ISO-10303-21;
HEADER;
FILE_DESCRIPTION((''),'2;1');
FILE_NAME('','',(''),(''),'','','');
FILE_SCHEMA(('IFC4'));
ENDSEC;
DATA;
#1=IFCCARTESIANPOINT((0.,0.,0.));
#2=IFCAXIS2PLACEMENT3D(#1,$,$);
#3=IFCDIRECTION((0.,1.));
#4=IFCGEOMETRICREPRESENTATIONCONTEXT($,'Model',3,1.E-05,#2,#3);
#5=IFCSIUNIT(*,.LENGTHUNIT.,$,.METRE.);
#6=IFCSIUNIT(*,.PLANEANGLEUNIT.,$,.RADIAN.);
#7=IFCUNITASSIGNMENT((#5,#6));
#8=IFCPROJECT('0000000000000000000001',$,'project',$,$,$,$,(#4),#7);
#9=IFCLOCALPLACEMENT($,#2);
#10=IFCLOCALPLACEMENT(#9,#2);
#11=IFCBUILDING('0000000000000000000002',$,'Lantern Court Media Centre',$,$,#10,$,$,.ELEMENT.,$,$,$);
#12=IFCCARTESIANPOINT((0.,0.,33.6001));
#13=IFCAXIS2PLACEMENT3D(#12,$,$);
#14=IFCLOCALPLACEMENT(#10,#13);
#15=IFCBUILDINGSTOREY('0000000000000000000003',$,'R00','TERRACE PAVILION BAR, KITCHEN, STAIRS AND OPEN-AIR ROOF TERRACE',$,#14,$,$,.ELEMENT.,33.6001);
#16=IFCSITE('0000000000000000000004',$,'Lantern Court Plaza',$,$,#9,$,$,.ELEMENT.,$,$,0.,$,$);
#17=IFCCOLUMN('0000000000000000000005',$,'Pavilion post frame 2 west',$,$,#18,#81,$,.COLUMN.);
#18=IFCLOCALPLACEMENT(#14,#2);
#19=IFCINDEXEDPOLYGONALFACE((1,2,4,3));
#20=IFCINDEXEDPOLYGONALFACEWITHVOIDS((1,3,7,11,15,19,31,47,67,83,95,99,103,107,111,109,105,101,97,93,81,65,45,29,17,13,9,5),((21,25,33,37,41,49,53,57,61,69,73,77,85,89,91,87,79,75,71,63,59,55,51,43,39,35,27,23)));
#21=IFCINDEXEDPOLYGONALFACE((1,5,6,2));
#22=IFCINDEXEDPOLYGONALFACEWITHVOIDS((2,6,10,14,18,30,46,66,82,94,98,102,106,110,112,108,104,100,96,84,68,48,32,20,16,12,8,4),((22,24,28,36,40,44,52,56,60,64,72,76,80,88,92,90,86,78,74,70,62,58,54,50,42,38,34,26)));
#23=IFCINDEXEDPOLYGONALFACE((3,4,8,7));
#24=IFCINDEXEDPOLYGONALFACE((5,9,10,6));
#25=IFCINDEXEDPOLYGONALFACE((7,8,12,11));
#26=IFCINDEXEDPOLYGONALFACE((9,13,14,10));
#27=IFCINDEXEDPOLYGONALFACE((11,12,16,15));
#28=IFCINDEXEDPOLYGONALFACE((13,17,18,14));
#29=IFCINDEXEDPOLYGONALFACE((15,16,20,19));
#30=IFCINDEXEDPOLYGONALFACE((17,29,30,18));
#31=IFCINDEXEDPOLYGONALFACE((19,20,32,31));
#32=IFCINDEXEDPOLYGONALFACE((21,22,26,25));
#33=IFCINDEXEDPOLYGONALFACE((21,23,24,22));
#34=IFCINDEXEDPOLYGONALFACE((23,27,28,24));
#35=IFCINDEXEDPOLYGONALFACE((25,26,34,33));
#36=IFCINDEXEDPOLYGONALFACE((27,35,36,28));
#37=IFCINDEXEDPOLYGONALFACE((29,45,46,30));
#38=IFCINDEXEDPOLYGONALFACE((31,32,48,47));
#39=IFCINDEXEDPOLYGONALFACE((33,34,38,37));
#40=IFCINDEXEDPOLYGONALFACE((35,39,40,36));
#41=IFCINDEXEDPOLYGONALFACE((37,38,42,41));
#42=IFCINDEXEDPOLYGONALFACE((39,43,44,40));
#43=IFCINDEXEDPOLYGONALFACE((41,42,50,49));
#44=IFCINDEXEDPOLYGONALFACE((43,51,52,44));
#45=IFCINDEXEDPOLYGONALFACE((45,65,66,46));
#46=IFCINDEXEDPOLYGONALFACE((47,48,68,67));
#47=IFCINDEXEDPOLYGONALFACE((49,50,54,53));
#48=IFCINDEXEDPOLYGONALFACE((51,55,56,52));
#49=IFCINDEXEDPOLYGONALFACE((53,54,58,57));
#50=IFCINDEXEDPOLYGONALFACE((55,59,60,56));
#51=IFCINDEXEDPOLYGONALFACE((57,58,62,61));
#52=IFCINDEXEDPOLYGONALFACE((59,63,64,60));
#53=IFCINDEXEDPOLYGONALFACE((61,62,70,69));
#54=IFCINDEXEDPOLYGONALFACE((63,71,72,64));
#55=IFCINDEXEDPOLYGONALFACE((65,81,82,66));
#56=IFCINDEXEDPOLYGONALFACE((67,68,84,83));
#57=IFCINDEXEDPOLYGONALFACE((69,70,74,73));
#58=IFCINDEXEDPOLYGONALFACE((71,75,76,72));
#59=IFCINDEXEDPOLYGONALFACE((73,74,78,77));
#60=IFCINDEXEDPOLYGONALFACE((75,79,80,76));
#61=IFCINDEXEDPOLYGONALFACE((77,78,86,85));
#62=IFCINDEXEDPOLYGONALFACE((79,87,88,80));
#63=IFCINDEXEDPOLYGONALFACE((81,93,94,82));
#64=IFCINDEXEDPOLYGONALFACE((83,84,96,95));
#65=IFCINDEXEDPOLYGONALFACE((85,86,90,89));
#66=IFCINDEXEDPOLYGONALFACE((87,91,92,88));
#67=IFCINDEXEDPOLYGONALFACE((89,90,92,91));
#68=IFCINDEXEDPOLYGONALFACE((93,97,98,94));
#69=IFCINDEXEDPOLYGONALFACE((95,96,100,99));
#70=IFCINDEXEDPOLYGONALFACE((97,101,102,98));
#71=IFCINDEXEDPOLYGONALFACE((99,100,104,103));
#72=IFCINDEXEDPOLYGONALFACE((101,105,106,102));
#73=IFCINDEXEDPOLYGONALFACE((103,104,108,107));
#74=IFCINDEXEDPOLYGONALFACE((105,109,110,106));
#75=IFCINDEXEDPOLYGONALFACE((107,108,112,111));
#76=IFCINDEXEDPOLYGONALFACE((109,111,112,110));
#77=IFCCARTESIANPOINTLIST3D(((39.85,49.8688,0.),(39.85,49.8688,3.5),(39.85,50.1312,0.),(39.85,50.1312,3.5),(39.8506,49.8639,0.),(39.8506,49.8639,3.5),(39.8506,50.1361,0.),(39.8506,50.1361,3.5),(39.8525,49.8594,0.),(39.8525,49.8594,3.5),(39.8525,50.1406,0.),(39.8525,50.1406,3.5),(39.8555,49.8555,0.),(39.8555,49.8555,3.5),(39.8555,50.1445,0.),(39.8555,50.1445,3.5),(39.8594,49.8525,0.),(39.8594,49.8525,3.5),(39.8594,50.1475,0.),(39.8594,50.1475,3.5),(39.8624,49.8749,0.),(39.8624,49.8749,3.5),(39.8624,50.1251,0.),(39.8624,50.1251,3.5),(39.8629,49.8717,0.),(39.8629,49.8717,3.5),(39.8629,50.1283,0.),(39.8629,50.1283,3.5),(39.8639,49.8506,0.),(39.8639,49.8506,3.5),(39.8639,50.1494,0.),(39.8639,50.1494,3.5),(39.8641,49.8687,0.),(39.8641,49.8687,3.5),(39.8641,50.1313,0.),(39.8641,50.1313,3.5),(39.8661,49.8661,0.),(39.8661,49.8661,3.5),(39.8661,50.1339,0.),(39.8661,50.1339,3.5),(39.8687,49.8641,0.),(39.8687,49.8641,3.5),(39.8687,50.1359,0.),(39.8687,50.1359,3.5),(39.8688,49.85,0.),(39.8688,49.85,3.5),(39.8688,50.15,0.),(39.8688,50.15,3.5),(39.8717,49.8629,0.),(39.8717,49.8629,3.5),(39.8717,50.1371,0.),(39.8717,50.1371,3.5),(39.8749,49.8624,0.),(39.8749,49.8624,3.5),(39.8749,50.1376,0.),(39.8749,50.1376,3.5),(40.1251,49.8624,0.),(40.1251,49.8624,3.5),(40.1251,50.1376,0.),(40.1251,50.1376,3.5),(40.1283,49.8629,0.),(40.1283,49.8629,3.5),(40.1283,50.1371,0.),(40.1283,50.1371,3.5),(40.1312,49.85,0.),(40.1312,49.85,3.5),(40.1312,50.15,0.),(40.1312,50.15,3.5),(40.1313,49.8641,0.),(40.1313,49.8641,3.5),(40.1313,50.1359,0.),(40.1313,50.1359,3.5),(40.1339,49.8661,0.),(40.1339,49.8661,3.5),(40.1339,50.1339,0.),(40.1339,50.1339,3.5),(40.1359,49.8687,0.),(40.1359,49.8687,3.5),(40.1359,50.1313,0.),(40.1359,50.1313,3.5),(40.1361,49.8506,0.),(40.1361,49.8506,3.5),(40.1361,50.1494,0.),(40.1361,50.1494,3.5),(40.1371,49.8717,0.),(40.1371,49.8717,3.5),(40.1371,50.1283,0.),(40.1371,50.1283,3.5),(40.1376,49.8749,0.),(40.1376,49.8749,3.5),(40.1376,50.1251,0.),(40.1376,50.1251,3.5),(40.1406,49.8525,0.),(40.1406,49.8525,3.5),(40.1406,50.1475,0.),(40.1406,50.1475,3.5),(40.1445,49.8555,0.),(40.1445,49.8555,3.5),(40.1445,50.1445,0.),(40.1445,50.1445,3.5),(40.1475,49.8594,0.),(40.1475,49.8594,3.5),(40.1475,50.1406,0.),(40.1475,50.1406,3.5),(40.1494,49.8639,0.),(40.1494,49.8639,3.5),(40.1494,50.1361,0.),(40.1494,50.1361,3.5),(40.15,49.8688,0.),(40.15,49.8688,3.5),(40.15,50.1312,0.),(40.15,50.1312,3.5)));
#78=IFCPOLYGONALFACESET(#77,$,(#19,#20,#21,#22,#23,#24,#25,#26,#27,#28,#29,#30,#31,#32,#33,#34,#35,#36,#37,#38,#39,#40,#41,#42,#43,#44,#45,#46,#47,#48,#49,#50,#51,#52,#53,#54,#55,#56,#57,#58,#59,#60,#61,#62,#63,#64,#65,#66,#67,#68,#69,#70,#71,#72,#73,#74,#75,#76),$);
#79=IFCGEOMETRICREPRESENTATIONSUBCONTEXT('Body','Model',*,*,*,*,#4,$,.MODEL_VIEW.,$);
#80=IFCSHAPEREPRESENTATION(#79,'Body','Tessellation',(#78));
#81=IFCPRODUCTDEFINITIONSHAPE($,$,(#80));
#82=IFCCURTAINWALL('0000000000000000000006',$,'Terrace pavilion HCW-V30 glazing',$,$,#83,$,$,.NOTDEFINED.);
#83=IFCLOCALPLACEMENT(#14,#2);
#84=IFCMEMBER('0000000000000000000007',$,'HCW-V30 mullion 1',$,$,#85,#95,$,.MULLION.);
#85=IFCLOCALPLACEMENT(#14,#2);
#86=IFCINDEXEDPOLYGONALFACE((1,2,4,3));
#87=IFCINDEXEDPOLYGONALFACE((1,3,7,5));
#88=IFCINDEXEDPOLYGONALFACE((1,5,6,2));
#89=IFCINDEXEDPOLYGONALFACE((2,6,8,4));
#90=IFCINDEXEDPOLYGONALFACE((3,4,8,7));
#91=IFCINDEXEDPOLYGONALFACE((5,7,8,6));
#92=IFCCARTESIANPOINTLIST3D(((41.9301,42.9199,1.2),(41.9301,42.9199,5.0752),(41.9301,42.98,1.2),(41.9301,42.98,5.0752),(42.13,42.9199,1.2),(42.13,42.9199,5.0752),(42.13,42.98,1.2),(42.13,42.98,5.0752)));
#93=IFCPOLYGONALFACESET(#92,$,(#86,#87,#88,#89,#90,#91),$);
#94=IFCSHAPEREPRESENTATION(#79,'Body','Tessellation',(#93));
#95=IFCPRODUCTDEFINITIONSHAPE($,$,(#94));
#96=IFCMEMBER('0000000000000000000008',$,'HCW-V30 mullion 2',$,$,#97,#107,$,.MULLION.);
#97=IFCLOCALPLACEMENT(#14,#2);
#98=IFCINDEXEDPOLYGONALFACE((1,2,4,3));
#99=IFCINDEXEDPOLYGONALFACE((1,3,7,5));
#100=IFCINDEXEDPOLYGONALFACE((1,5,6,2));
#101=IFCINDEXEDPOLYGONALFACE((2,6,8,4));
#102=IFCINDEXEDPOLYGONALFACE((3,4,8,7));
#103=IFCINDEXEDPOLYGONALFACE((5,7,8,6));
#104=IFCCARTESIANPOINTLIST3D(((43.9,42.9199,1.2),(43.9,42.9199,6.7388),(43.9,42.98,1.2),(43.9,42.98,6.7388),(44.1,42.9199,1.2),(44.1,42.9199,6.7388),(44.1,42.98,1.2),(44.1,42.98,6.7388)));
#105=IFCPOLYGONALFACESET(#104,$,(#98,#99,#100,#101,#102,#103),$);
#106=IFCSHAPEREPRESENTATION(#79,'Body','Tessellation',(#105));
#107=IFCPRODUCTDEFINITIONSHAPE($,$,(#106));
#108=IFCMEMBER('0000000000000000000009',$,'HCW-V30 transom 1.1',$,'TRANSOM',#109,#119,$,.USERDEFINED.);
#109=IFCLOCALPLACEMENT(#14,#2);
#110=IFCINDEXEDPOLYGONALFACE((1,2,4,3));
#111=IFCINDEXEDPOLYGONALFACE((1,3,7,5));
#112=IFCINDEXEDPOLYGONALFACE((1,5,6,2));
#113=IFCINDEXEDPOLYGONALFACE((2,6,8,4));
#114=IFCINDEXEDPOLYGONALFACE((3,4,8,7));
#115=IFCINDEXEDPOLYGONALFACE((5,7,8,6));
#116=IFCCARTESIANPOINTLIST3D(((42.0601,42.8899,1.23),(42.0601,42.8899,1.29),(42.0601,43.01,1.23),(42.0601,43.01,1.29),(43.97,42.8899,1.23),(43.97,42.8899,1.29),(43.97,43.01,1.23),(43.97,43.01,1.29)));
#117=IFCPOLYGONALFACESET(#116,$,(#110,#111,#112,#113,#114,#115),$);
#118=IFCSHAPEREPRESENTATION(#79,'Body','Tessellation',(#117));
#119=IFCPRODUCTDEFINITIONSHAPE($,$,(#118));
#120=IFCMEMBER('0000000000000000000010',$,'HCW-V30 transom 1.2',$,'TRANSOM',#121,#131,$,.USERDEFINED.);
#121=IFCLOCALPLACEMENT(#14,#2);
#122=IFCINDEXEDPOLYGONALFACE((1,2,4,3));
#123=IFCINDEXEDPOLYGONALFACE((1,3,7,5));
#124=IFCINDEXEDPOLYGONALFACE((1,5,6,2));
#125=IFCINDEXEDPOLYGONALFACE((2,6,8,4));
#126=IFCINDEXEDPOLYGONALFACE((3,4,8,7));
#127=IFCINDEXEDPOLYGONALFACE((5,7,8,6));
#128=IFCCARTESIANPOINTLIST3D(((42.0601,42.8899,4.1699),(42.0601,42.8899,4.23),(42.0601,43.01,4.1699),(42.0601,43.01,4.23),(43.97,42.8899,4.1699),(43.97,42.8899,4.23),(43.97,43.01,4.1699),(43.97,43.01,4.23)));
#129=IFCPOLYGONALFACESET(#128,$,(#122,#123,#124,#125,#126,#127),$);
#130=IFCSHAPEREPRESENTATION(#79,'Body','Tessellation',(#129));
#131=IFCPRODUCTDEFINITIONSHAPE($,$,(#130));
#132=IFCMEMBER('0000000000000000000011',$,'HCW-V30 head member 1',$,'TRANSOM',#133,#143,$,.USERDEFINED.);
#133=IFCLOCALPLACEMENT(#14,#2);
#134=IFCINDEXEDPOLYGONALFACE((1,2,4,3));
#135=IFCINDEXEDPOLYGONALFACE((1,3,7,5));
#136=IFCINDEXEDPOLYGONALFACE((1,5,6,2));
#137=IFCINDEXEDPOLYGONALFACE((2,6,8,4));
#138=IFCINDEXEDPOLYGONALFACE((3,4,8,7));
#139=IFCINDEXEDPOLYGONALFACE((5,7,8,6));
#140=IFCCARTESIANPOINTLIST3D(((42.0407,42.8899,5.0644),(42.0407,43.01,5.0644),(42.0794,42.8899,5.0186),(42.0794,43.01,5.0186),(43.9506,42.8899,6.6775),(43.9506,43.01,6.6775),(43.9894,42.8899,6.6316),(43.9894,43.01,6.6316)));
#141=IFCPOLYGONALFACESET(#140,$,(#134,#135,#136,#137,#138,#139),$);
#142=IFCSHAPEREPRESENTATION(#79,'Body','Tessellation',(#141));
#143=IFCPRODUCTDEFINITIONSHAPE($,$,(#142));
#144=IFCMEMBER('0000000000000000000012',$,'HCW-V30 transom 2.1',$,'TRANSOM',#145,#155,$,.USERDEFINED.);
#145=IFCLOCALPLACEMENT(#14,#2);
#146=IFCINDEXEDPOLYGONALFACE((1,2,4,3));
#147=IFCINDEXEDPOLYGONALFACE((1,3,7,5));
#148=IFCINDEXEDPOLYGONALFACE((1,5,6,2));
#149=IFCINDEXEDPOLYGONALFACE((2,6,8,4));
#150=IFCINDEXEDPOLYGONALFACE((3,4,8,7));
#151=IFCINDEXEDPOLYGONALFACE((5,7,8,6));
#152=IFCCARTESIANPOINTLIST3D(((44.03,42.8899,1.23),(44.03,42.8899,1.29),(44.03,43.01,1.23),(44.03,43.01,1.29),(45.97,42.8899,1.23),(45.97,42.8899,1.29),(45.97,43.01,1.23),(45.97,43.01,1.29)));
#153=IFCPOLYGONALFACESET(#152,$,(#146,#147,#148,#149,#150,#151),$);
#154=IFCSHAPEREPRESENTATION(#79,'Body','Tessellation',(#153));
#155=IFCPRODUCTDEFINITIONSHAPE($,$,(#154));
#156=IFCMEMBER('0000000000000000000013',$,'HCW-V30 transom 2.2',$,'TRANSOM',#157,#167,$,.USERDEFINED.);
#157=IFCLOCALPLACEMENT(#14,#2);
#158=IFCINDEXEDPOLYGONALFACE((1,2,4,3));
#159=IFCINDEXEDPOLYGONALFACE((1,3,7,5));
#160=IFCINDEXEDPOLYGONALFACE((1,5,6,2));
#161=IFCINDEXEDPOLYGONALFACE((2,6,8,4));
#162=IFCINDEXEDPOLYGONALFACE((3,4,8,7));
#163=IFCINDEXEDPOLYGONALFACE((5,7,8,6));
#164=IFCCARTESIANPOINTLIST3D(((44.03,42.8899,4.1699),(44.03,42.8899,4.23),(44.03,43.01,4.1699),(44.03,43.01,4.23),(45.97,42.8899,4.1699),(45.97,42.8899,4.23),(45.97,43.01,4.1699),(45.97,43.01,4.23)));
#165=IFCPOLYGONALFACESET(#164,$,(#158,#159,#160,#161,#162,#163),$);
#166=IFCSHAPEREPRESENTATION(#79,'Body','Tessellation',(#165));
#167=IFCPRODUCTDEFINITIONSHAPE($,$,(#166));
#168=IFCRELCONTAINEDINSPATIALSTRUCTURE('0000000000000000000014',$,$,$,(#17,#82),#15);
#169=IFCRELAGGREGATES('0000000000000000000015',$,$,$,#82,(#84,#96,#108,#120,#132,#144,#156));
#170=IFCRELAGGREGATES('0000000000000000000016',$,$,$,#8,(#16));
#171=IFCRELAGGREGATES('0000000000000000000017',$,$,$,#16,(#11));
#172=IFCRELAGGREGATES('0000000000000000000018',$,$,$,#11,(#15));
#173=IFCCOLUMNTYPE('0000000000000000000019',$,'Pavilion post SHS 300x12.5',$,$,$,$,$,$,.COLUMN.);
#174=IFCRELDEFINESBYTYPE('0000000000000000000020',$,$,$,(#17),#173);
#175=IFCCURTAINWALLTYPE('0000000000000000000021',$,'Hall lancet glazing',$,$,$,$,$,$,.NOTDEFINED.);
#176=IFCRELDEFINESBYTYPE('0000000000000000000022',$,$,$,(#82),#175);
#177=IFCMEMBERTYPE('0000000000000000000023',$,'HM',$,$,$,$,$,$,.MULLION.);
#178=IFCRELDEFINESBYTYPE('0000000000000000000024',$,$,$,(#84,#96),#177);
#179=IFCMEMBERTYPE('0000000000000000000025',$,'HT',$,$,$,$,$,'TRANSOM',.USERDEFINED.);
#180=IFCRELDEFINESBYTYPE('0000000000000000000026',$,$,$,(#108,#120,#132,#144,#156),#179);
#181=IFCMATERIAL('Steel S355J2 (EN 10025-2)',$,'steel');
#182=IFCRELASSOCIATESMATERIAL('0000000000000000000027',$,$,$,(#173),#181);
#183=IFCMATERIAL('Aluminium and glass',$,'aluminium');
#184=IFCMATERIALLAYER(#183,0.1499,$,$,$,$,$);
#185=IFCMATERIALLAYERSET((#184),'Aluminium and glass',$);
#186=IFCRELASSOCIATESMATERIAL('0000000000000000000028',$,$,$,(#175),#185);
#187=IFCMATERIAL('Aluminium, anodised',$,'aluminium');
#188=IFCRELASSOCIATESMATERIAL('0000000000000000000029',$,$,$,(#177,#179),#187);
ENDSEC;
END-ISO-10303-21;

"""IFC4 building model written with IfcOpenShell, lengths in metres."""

from ifc_helpers import new_model, si_unit, direction, frame, origin, origin_2d, place, context, subcontext, project, spatial, rectangle, hollow_rectangle, extrude, material, layer, layer_set, material_profile, profile_set, type_object, element, aggregate, save


model = new_model("IFC4")

# Units and contexts
model_context = context("Model", 3, precision=1e-05, world=origin(), true_north=direction((0.0, 1.0)))
body_context = subcontext(model_context, "Body", "Model", "MODEL_VIEW")
ifc_project = project(units=[si_unit("LENGTHUNIT", "METRE"), si_unit("PLANEANGLEUNIT", "RADIAN")], contexts=[model_context])

# Site, building, storey
site_placement = place(None, origin())
site = spatial("IfcSite", under=ifc_project, at=site_placement, Name="Lantern Court Plaza", CompositionType="ELEMENT", RefElevation=0.0)
building_placement = place(site_placement, origin())
building = spatial("IfcBuilding", under=site, at=building_placement, Name="Lantern Court Media Centre", CompositionType="ELEMENT")
storey_placement = place(building_placement, frame((0.0, 0.0, 33.6001)))
storey = spatial("IfcBuildingStorey", under=building, at=storey_placement, Name="R00", Description="TERRACE PAVILION BAR, KITCHEN, STAIRS AND OPEN-AIR ROOF TERRACE", CompositionType="ELEMENT", Elevation=33.6001)

# Column
ifc_material_1 = material(Name="Steel S355J2 (EN 10025-2)", Category="steel")
ifc_material_profile_1 = material_profile(ifc_material_1, hollow_rectangle(XDim=0.3, YDim=0.3, WallThickness=0.0125, InnerFilletRadius=0.0125, OuterFilletRadius=0.0188, at=origin_2d()), Name="Pavilion post SHS 300x12.5")
ifc_profile_set_1 = profile_set([ifc_material_profile_1], Name="Steel S355J2 (EN 10025-2)")
column_type = type_object("IfcColumnType", Name="Pavilion post SHS 300x12.5", PredefinedType="COLUMN", material=ifc_profile_set_1)
column_placement = place(storey_placement, frame((40.0, 50.0, 0.0), z_axis=(0.0, 0.0, 1.0), x_axis=(1.0, 0.0, 0.0)))
element("IfcColumn", 1, at=column_placement, inside=storey, type_object=column_type, Name="Pavilion post frame 2 west", PredefinedType="COLUMN", context=body_context, shape_type="SweptSolid", body=[
    extrude(hollow_rectangle(XDim=0.3, YDim=0.3, WallThickness=0.0125, InnerFilletRadius=0.0125, OuterFilletRadius=0.0188, at=origin_2d()), origin(), (0.0, 0.0, 1.0), 3.5),
])

# Curtain wall, members
ifc_material_2 = material(Name="Aluminium and glass", Category="aluminium")
ifc_layer_1 = layer(ifc_material_2, 0.1499)
ifc_layer_set_1 = layer_set([ifc_layer_1], Name="Aluminium and glass")
curtain_wall_type = type_object("IfcCurtainWallType", Name="Hall lancet glazing", PredefinedType="NOTDEFINED", material=ifc_layer_set_1)
curtain_wall_placement = place(storey_placement, origin())
curtain_wall = element("IfcCurtainWall", 2, at=curtain_wall_placement, inside=storey, type_object=curtain_wall_type, Name="Terrace pavilion HCW-V30 glazing", PredefinedType="NOTDEFINED")
ifc_material_3 = material(Name="Aluminium, anodised", Category="aluminium")
ifc_material_profile_2 = material_profile(ifc_material_3, rectangle(XDim=0.0601, YDim=0.2, at=origin_2d()), Name="HM")
ifc_profile_set_2 = profile_set([ifc_material_profile_2], Name="Aluminium, anodised")
member_type_1 = type_object("IfcMemberType", Name="HM", PredefinedType="MULLION", material=ifc_profile_set_2)
member_1_placement = place(storey_placement, frame((42.03, 42.95, 1.2), z_axis=(0.0, 0.0, 1.0), x_axis=(0.0, 1.0, 0.0)))
member_1 = element("IfcMember", 3, at=member_1_placement, type_object=member_type_1, Name="HCW-V30 mullion 1", PredefinedType="MULLION", context=body_context, shape_type="SweptSolid", body=[
    extrude(rectangle(XDim=0.0601, YDim=0.2, at=origin_2d()), origin(), (0.0, 0.0, 1.0), 3.8752),
])
member_2_placement = place(storey_placement, frame((44.0, 42.95, 1.2), z_axis=(0.0, 0.0, 1.0), x_axis=(0.0, 1.0, 0.0)))
member_2 = element("IfcMember", 4, at=member_2_placement, type_object=member_type_1, Name="HCW-V30 mullion 2", PredefinedType="MULLION", context=body_context, shape_type="SweptSolid", body=[
    extrude(rectangle(XDim=0.0601, YDim=0.2, at=origin_2d()), origin(), (0.0, 0.0, 1.0), 5.5388),
])
ifc_material_profile_3 = material_profile(ifc_material_3, rectangle(XDim=0.1201, YDim=0.0601, at=origin_2d()), Name="HT")
ifc_profile_set_3 = profile_set([ifc_material_profile_3], Name="Aluminium, anodised")
member_type_2 = type_object("IfcMemberType", Name="HT", ElementType="TRANSOM", PredefinedType="USERDEFINED", material=ifc_profile_set_3)
member_3_placement = place(storey_placement, frame((42.0601, 42.95, 1.26), z_axis=(1.0, 0.0, 0.0), x_axis=(0.0, 1.0, 0.0)))
member_3 = element("IfcMember", 5, at=member_3_placement, type_object=member_type_2, Name="HCW-V30 transom 1.1", ObjectType="TRANSOM", PredefinedType="USERDEFINED", context=body_context, shape_type="SweptSolid", body=[
    extrude(rectangle(XDim=0.1201, YDim=0.0601, at=origin_2d()), origin(), (0.0, 0.0, 1.0), 1.9099),
])
member_4_placement = place(storey_placement, frame((42.0601, 42.95, 4.2), z_axis=(1.0, 0.0, 0.0), x_axis=(0.0, 1.0, 0.0)))
member_4 = element("IfcMember", 6, at=member_4_placement, type_object=member_type_2, Name="HCW-V30 transom 1.2", ObjectType="TRANSOM", PredefinedType="USERDEFINED", context=body_context, shape_type="SweptSolid", body=[
    extrude(rectangle(XDim=0.1201, YDim=0.0601, at=origin_2d()), origin(), (0.0, 0.0, 1.0), 1.9099),
])
member_5_placement = place(storey_placement, frame((42.0601, 42.95, 5.0415), z_axis=(0.763986, 0.0, 0.645233), x_axis=(0.0, 1.0, 0.0)))
member_5 = element("IfcMember", 7, at=member_5_placement, type_object=member_type_2, Name="HCW-V30 head member 1", ObjectType="TRANSOM", PredefinedType="USERDEFINED", context=body_context, shape_type="SweptSolid", body=[
    extrude(rectangle(XDim=0.1201, YDim=0.0601, at=origin_2d()), origin(), (0.0, 0.0, 1.0), 2.5),
])
member_6_placement = place(storey_placement, frame((44.03, 42.95, 1.26), z_axis=(1.0, 0.0, 0.0), x_axis=(0.0, 1.0, 0.0)))
member_6 = element("IfcMember", 8, at=member_6_placement, type_object=member_type_2, Name="HCW-V30 transom 2.1", ObjectType="TRANSOM", PredefinedType="USERDEFINED", context=body_context, shape_type="SweptSolid", body=[
    extrude(rectangle(XDim=0.1201, YDim=0.0601, at=origin_2d()), origin(), (0.0, 0.0, 1.0), 1.9399),
])
member_7_placement = place(storey_placement, frame((44.03, 42.95, 4.2), z_axis=(1.0, 0.0, 0.0), x_axis=(0.0, 1.0, 0.0)))
member_7 = element("IfcMember", 9, at=member_7_placement, type_object=member_type_2, Name="HCW-V30 transom 2.2", ObjectType="TRANSOM", PredefinedType="USERDEFINED", context=body_context, shape_type="SweptSolid", body=[
    extrude(rectangle(XDim=0.1201, YDim=0.0601, at=origin_2d()), origin(), (0.0, 0.0, 1.0), 1.9399),
])

aggregate(curtain_wall, [member_1, member_2, member_3, member_4, member_5, member_6, member_7])

save(model, "model.ifc")
